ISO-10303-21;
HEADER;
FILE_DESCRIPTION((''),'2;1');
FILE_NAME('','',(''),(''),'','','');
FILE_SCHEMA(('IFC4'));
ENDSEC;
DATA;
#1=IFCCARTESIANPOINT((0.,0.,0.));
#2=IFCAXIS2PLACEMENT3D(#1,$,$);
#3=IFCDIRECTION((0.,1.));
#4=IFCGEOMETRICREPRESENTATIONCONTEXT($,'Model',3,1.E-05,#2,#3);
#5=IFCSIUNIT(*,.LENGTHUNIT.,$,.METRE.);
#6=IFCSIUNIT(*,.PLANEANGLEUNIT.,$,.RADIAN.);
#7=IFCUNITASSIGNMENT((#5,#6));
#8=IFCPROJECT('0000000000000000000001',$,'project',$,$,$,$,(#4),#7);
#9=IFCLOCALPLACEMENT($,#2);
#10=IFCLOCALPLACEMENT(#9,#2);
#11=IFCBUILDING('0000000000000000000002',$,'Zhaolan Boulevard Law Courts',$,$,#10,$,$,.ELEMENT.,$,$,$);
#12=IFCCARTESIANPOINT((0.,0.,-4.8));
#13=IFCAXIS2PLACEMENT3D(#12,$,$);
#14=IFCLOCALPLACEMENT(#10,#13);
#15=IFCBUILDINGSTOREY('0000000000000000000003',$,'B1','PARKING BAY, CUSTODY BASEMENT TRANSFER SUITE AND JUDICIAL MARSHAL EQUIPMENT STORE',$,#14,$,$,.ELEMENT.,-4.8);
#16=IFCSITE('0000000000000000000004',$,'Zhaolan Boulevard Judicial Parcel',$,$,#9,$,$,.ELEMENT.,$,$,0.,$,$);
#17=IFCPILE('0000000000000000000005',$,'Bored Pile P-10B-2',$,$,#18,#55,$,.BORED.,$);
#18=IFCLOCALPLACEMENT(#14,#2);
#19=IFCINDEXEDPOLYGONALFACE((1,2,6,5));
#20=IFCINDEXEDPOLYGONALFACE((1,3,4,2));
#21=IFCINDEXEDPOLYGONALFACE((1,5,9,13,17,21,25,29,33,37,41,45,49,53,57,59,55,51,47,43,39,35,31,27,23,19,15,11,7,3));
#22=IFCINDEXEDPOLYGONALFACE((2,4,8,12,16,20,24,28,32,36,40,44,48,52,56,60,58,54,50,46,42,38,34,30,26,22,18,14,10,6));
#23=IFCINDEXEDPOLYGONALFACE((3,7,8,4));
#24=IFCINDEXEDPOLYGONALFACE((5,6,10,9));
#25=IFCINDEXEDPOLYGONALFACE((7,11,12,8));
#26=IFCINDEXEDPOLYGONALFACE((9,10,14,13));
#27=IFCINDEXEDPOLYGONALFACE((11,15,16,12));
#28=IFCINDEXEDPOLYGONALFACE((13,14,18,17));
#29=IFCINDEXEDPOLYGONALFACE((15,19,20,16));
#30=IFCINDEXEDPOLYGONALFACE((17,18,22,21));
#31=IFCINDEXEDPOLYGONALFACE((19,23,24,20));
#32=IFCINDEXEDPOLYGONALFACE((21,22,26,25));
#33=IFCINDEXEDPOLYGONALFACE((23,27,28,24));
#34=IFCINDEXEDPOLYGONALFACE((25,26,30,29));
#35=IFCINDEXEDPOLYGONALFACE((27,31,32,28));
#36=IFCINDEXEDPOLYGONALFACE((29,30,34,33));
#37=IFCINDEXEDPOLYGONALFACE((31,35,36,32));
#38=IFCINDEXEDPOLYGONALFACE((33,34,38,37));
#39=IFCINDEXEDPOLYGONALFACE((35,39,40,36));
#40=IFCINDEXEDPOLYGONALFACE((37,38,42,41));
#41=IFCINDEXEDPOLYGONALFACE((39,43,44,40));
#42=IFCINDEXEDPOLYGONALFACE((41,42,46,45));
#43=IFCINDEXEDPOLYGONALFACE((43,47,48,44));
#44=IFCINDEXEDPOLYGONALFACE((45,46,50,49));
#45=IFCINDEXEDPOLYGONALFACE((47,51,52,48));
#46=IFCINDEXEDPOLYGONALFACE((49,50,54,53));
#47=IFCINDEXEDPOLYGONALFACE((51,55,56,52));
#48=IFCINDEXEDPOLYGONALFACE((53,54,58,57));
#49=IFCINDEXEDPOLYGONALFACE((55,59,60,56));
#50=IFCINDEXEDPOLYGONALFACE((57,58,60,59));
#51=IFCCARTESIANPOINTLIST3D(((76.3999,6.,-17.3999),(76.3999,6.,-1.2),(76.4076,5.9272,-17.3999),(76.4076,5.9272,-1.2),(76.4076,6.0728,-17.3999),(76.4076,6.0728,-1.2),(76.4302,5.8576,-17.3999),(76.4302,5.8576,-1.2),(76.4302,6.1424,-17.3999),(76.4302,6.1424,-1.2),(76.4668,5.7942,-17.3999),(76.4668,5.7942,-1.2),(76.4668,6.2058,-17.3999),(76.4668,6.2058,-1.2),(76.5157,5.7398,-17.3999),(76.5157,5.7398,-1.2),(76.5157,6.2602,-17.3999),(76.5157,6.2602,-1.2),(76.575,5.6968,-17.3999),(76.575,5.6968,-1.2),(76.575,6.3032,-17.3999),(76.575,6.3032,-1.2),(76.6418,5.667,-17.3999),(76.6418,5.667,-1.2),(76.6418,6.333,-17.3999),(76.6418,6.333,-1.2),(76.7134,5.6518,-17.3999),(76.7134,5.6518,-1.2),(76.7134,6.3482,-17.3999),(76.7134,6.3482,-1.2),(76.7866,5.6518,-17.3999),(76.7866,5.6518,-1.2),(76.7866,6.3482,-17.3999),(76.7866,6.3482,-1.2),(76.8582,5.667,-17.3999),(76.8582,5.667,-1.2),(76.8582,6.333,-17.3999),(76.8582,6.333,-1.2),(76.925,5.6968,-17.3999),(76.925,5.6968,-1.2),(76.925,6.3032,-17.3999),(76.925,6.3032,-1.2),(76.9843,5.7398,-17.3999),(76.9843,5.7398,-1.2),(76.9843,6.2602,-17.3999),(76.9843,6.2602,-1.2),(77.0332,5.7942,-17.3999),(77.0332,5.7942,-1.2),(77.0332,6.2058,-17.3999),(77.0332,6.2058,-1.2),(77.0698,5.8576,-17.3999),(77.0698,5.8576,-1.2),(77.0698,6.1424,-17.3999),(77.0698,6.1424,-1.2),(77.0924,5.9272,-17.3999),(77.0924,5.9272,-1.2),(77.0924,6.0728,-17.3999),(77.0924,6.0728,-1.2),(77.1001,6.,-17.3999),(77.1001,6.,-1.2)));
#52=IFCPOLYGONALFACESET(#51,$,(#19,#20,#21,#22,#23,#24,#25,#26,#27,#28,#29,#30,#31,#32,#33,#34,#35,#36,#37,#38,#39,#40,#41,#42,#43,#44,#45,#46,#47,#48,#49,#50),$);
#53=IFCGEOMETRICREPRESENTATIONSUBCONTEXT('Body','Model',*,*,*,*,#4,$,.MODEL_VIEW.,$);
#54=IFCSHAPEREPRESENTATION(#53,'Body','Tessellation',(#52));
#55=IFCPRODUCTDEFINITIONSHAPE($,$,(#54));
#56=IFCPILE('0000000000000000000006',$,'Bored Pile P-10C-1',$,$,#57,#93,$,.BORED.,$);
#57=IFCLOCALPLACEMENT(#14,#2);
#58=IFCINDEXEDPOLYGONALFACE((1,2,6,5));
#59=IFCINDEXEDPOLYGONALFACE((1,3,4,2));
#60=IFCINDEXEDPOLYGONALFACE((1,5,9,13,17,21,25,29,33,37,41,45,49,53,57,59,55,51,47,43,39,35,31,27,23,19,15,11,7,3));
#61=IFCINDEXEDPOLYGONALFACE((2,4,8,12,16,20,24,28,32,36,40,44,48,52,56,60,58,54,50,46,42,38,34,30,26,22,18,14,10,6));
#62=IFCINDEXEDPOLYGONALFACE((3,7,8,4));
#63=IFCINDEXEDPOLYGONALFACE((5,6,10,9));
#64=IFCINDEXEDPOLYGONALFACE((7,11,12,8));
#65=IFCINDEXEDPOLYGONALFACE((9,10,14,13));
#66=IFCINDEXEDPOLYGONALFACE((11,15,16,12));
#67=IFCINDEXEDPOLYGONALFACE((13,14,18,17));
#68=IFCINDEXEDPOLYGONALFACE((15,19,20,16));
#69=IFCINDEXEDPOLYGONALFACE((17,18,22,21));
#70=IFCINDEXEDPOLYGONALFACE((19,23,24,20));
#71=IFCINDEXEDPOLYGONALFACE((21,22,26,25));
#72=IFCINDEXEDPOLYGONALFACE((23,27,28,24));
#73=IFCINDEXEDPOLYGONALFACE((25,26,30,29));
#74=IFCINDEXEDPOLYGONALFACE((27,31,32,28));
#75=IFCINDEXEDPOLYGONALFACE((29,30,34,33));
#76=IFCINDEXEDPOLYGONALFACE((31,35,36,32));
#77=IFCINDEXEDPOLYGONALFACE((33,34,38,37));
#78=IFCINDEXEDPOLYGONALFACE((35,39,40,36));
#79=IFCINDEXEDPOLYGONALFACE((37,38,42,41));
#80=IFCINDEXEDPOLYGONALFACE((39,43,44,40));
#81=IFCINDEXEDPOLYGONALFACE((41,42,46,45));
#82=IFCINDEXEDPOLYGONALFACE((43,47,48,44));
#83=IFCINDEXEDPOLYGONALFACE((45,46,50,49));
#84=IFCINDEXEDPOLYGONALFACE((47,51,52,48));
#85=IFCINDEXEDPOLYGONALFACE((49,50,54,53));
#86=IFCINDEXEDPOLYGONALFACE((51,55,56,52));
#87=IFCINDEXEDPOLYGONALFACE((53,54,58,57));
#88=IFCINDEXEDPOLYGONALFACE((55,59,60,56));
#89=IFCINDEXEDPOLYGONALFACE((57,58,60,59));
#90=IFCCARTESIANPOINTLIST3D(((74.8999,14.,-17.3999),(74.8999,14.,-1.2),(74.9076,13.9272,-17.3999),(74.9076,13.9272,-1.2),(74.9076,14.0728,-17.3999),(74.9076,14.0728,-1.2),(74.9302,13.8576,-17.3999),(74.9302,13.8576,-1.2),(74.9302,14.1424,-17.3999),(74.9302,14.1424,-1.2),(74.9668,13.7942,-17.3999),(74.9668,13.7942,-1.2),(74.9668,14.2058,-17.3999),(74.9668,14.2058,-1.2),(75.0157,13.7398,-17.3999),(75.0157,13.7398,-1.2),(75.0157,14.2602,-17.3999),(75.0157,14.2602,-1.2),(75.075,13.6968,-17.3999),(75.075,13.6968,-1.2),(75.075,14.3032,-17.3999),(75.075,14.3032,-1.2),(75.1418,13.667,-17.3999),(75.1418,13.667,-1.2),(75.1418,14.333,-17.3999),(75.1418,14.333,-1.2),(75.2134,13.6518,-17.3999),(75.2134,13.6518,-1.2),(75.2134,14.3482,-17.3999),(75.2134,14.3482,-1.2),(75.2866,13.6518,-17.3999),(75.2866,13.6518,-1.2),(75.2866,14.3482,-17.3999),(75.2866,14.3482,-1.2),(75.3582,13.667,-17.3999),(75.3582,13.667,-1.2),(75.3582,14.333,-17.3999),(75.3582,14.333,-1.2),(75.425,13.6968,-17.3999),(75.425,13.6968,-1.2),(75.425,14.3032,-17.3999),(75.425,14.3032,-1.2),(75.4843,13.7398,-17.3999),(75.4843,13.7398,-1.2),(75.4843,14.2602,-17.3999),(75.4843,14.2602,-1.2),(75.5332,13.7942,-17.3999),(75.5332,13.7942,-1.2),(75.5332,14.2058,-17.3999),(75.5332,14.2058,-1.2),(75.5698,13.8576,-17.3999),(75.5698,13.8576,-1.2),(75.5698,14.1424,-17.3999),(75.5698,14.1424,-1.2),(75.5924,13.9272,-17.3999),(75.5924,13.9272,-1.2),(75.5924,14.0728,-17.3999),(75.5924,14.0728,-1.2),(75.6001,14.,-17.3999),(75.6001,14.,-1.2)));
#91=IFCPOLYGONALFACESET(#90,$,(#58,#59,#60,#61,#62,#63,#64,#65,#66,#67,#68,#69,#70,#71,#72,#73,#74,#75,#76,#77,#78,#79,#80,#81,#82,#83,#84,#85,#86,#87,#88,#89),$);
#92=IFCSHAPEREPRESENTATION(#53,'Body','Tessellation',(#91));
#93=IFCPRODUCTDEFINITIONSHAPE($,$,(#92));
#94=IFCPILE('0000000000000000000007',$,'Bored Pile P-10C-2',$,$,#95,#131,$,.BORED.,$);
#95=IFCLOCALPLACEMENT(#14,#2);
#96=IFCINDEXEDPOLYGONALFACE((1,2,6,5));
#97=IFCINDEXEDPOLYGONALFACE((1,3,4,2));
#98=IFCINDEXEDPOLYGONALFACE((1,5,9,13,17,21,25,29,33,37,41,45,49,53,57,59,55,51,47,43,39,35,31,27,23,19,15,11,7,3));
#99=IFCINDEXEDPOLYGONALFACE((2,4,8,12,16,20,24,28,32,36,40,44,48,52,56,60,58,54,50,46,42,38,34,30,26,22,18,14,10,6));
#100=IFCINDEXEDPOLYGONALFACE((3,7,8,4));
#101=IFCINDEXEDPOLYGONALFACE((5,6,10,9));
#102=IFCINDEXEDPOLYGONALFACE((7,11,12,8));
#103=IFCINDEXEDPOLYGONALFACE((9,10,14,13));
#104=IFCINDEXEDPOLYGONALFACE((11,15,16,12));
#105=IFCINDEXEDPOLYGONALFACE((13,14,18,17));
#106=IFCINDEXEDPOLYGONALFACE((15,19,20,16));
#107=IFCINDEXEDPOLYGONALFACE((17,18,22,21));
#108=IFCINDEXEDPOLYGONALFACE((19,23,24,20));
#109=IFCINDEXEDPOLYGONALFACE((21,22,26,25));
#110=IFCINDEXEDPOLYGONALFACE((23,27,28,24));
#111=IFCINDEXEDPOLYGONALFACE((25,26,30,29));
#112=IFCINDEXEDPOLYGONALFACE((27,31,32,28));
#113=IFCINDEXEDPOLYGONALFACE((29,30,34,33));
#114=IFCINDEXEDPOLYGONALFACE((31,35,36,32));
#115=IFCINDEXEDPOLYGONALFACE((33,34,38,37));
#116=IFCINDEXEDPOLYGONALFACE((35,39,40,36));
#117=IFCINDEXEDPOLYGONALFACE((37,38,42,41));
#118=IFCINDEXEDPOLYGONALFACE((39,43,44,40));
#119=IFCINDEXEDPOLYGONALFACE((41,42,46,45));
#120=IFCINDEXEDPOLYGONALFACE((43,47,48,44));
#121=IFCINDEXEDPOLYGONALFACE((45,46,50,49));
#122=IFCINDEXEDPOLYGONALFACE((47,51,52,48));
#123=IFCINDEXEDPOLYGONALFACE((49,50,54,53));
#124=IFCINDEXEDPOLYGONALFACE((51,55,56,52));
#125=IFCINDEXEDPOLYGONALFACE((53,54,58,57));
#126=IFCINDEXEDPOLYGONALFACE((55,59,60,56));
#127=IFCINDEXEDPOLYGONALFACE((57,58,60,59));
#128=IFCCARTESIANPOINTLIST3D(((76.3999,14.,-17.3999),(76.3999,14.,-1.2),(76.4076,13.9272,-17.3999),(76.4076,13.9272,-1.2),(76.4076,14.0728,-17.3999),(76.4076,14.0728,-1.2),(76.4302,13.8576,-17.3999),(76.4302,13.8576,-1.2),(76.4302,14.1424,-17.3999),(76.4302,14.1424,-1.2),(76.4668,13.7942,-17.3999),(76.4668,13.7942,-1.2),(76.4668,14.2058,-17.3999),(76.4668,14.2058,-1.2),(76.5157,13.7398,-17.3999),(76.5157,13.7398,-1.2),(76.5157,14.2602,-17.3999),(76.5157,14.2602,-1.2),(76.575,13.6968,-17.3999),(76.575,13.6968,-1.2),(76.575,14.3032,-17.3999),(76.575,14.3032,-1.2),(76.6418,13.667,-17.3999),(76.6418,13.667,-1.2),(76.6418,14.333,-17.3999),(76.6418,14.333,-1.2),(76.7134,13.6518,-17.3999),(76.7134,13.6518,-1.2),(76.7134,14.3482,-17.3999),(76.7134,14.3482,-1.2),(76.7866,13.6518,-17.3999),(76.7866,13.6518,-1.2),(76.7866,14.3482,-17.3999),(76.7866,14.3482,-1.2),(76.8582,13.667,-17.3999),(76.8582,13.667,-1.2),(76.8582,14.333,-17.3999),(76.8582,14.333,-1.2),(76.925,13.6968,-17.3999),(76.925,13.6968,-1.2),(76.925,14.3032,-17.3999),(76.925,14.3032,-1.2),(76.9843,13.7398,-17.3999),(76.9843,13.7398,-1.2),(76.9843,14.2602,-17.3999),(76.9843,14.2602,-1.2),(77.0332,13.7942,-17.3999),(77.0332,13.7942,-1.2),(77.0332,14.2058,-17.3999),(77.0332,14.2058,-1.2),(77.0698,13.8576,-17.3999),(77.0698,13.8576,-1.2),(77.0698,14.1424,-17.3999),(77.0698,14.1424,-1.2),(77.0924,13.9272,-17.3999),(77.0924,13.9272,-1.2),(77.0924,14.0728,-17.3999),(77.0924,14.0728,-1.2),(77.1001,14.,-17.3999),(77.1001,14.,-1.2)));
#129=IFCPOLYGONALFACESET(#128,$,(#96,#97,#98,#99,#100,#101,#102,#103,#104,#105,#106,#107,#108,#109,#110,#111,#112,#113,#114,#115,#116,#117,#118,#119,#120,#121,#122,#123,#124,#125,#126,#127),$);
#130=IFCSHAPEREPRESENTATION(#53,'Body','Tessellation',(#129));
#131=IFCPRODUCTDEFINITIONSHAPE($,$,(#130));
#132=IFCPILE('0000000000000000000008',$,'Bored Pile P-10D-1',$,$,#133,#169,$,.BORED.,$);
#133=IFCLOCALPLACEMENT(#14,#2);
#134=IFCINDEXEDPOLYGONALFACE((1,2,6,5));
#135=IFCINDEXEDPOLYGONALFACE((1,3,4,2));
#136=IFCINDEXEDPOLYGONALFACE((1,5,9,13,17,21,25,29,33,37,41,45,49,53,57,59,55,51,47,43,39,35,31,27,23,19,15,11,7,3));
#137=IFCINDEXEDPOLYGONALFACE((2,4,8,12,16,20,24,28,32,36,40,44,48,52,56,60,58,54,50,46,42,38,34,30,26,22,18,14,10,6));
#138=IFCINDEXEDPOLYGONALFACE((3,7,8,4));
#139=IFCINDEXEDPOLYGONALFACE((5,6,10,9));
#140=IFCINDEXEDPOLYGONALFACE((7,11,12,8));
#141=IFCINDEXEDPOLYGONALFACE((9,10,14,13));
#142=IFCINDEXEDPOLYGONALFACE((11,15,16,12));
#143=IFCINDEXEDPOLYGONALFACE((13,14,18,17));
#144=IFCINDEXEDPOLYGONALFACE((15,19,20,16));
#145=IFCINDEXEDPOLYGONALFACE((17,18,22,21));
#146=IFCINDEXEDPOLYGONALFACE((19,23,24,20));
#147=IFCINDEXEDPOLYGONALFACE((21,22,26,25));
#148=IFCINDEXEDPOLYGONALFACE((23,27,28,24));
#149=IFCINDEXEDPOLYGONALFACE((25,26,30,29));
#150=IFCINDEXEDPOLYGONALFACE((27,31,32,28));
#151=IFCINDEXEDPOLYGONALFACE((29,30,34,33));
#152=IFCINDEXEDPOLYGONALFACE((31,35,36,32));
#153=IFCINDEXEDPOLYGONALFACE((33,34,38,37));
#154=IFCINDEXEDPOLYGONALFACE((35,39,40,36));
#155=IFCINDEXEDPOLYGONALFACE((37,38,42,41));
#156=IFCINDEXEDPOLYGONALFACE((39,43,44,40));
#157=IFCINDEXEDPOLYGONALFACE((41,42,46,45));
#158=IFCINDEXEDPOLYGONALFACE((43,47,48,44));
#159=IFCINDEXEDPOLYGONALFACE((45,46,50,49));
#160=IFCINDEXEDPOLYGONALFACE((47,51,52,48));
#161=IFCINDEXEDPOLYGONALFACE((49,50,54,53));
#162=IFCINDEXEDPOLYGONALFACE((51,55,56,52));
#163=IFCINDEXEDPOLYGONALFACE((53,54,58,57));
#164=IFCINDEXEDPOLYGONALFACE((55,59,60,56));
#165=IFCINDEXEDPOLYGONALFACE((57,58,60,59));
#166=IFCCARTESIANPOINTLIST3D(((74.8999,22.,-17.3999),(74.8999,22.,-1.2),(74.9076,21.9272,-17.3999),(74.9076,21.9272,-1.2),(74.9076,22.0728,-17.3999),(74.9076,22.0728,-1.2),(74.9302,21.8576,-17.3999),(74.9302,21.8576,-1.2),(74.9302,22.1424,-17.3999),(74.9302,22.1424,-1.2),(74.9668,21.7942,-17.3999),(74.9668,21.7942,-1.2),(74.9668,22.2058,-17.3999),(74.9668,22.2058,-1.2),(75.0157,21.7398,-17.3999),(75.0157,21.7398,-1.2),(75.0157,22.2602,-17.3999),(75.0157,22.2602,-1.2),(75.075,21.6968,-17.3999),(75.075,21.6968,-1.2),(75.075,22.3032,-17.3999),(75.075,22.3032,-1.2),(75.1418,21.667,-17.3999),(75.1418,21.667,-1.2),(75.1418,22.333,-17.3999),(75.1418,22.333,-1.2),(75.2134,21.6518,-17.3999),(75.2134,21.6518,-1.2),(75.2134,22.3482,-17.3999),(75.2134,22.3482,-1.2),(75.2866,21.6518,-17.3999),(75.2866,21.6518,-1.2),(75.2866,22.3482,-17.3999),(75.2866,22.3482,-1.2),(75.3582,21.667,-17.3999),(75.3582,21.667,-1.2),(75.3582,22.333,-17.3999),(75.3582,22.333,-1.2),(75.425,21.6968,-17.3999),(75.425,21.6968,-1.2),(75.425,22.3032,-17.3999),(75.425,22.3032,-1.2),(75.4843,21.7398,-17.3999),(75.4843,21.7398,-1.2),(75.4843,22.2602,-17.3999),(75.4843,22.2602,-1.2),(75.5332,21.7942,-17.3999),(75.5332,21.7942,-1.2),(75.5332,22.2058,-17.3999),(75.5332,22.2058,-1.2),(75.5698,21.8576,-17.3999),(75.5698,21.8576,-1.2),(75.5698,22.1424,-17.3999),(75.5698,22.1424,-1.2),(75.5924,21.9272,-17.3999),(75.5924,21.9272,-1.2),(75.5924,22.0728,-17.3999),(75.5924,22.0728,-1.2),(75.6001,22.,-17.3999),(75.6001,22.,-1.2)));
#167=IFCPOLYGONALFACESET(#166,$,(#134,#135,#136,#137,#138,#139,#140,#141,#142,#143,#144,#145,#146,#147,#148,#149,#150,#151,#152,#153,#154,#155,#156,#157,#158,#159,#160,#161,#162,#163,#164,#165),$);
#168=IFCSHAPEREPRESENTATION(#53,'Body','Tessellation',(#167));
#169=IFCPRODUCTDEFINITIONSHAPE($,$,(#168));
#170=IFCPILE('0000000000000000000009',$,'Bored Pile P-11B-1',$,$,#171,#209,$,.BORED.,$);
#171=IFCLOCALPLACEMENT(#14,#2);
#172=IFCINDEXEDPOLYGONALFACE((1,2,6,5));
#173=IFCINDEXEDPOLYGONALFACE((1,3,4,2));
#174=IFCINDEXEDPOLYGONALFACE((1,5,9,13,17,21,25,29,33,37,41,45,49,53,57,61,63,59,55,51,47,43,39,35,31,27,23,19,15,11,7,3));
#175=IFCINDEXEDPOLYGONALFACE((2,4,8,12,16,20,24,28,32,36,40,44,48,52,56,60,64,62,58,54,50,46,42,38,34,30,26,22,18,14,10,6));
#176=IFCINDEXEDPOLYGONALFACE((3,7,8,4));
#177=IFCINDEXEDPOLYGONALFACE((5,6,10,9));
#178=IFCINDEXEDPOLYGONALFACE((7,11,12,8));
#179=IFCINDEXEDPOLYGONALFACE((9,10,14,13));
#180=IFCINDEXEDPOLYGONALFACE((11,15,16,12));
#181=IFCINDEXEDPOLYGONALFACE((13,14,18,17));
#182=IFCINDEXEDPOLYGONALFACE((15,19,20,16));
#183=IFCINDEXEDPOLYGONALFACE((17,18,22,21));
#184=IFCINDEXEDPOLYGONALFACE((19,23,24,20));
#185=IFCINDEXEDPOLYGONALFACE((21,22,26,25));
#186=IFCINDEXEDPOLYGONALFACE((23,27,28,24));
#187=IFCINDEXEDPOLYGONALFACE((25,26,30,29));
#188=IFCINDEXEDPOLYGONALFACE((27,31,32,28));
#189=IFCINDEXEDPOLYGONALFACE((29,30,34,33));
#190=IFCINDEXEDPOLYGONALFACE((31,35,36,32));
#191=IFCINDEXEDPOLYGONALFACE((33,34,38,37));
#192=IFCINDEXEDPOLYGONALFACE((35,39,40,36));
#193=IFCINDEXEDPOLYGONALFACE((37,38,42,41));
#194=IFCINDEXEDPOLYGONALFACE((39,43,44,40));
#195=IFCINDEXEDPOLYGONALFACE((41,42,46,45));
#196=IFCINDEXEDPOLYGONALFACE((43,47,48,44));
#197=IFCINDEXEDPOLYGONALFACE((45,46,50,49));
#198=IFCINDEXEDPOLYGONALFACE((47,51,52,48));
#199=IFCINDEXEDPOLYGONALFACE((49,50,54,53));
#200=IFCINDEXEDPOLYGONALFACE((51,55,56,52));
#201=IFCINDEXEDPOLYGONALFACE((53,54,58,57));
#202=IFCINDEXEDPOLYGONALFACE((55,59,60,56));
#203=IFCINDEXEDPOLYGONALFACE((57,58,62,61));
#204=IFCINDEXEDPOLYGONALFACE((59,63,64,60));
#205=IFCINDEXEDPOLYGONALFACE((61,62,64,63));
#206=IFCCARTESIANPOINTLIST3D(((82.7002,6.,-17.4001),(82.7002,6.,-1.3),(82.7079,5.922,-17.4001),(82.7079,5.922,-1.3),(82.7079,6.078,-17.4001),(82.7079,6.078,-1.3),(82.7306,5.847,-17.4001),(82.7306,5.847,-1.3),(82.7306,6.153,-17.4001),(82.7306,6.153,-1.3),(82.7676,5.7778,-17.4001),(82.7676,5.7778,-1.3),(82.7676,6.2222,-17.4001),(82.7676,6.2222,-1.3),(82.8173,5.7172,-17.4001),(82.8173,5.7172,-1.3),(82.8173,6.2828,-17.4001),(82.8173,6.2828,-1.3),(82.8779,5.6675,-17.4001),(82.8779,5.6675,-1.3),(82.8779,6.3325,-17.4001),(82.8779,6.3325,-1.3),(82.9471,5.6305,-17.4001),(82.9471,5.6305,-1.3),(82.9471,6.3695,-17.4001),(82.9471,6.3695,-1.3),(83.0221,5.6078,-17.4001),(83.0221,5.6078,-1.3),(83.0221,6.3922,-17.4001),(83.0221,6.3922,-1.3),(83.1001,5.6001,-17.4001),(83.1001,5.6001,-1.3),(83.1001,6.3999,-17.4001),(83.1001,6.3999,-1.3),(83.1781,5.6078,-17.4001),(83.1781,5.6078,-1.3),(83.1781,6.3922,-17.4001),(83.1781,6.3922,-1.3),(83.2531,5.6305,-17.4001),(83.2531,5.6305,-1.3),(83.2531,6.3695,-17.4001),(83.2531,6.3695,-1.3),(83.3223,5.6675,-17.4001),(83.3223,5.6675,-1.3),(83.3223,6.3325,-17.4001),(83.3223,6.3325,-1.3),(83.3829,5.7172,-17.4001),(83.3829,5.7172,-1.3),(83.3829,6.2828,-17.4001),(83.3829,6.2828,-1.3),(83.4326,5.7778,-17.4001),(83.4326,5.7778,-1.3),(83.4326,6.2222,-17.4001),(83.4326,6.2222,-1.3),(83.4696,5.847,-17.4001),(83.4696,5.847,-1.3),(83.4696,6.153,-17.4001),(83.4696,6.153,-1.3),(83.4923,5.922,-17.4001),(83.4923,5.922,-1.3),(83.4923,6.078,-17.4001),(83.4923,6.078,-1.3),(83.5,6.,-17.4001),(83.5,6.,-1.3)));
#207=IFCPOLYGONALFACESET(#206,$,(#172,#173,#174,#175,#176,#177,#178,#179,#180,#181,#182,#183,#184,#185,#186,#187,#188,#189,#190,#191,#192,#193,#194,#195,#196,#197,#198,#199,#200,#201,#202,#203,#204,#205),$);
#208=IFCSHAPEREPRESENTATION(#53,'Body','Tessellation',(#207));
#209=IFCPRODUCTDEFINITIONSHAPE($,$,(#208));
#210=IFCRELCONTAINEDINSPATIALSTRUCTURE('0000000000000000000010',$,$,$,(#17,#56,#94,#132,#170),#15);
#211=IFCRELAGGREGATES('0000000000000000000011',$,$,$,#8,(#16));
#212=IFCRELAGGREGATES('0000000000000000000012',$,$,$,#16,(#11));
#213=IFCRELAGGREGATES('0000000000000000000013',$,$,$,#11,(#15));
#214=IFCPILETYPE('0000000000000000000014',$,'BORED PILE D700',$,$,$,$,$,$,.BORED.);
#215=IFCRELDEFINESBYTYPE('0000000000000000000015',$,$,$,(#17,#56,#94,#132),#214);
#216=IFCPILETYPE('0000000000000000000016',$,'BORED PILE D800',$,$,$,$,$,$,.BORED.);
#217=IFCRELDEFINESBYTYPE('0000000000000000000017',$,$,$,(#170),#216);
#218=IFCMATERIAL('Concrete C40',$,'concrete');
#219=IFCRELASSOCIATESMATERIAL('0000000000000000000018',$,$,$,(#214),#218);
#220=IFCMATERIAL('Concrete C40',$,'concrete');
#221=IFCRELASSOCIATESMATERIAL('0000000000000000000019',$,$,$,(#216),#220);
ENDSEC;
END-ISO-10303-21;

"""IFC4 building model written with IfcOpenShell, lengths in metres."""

from ifc_helpers import new_model, si_unit, direction, frame, origin, origin_2d, place, context, subcontext, project, spatial, circle, extrude, material, material_profile, profile_set, type_object, element, save


model = new_model("IFC4")

# Units and contexts
model_context = context("Model", 3, precision=1e-05, world=origin(), true_north=direction((0.0, 1.0)))
body_context = subcontext(model_context, "Body", "Model", "MODEL_VIEW")
ifc_project = project(units=[si_unit("LENGTHUNIT", "METRE"), si_unit("PLANEANGLEUNIT", "RADIAN")], contexts=[model_context])

# Site, building, storey
site_placement = place(None, origin())
site = spatial("IfcSite", under=ifc_project, at=site_placement, Name="Zhaolan Boulevard Judicial Parcel", CompositionType="ELEMENT", RefElevation=0.0)
building_placement = place(site_placement, origin())
building = spatial("IfcBuilding", under=site, at=building_placement, Name="Zhaolan Boulevard Law Courts", CompositionType="ELEMENT")
storey_placement = place(building_placement, frame((0.0, 0.0, -4.8)))
storey = spatial("IfcBuildingStorey", under=building, at=storey_placement, Name="B1", Description="PARKING BAY, CUSTODY BASEMENT TRANSFER SUITE AND JUDICIAL MARSHAL EQUIPMENT STORE", CompositionType="ELEMENT", Elevation=-4.8)

# Piles
ifc_material_1 = material(Name="Concrete C40", Category="concrete")
ifc_material_profile_1 = material_profile(ifc_material_1, circle(Radius=0.3501, at=origin_2d()), Name="PILE-D700")
ifc_profile_set_1 = profile_set([ifc_material_profile_1], Name="Concrete C40")
pile_type_1 = type_object("IfcPileType", Name="BORED PILE D700", PredefinedType="BORED", material=ifc_profile_set_1)
for number, where, z_axis, x_axis, name in (
    (1, (76.75, 6.0, -1.2), (0.0, 0.0, -1.0), (1.0, 0.0, 0.0), "Bored Pile P-10B-2"),
    (2, (75.25, 14.0, -1.2), (0.0, 0.0, -1.0), (1.0, 0.0, 0.0), "Bored Pile P-10C-1"),
    (3, (76.75, 14.0, -1.2), (0.0, 0.0, -1.0), (1.0, 0.0, 0.0), "Bored Pile P-10C-2"),
    (4, (75.25, 22.0, -1.2), (0.0, 0.0, -1.0), (1.0, 0.0, 0.0), "Bored Pile P-10D-1"),
):
    element("IfcPile", number, at=place(storey_placement, frame(where, z_axis=z_axis, x_axis=x_axis)), inside=storey, type_object=pile_type_1, Name=name, PredefinedType="BORED", context=body_context, shape_type="SweptSolid", body=[
        extrude(circle(Radius=0.3501, at=origin_2d()), origin(), (0.0, 0.0, 1.0), 16.2),
    ])
ifc_material_2 = material(Name="Concrete C40", Category="concrete")
ifc_material_profile_2 = material_profile(ifc_material_2, circle(Radius=0.3999, at=origin_2d()), Name="PILE-D800")
ifc_profile_set_2 = profile_set([ifc_material_profile_2], Name="Concrete C40")
pile_type_2 = type_object("IfcPileType", Name="BORED PILE D800", PredefinedType="BORED", material=ifc_profile_set_2)
for number, where, z_axis, x_axis, name in (
    (5, (83.1001, 6.0, -1.3), (0.0, 0.0, -1.0), (1.0, 0.0, 0.0), "Bored Pile P-11B-1"),
):
    element("IfcPile", number, at=place(storey_placement, frame(where, z_axis=z_axis, x_axis=x_axis)), inside=storey, type_object=pile_type_2, Name=name, PredefinedType="BORED", context=body_context, shape_type="SweptSolid", body=[
        extrude(circle(Radius=0.3999, at=origin_2d()), origin(), (0.0, 0.0, 1.0), 16.1001),
    ])

save(model, "model.ifc")
